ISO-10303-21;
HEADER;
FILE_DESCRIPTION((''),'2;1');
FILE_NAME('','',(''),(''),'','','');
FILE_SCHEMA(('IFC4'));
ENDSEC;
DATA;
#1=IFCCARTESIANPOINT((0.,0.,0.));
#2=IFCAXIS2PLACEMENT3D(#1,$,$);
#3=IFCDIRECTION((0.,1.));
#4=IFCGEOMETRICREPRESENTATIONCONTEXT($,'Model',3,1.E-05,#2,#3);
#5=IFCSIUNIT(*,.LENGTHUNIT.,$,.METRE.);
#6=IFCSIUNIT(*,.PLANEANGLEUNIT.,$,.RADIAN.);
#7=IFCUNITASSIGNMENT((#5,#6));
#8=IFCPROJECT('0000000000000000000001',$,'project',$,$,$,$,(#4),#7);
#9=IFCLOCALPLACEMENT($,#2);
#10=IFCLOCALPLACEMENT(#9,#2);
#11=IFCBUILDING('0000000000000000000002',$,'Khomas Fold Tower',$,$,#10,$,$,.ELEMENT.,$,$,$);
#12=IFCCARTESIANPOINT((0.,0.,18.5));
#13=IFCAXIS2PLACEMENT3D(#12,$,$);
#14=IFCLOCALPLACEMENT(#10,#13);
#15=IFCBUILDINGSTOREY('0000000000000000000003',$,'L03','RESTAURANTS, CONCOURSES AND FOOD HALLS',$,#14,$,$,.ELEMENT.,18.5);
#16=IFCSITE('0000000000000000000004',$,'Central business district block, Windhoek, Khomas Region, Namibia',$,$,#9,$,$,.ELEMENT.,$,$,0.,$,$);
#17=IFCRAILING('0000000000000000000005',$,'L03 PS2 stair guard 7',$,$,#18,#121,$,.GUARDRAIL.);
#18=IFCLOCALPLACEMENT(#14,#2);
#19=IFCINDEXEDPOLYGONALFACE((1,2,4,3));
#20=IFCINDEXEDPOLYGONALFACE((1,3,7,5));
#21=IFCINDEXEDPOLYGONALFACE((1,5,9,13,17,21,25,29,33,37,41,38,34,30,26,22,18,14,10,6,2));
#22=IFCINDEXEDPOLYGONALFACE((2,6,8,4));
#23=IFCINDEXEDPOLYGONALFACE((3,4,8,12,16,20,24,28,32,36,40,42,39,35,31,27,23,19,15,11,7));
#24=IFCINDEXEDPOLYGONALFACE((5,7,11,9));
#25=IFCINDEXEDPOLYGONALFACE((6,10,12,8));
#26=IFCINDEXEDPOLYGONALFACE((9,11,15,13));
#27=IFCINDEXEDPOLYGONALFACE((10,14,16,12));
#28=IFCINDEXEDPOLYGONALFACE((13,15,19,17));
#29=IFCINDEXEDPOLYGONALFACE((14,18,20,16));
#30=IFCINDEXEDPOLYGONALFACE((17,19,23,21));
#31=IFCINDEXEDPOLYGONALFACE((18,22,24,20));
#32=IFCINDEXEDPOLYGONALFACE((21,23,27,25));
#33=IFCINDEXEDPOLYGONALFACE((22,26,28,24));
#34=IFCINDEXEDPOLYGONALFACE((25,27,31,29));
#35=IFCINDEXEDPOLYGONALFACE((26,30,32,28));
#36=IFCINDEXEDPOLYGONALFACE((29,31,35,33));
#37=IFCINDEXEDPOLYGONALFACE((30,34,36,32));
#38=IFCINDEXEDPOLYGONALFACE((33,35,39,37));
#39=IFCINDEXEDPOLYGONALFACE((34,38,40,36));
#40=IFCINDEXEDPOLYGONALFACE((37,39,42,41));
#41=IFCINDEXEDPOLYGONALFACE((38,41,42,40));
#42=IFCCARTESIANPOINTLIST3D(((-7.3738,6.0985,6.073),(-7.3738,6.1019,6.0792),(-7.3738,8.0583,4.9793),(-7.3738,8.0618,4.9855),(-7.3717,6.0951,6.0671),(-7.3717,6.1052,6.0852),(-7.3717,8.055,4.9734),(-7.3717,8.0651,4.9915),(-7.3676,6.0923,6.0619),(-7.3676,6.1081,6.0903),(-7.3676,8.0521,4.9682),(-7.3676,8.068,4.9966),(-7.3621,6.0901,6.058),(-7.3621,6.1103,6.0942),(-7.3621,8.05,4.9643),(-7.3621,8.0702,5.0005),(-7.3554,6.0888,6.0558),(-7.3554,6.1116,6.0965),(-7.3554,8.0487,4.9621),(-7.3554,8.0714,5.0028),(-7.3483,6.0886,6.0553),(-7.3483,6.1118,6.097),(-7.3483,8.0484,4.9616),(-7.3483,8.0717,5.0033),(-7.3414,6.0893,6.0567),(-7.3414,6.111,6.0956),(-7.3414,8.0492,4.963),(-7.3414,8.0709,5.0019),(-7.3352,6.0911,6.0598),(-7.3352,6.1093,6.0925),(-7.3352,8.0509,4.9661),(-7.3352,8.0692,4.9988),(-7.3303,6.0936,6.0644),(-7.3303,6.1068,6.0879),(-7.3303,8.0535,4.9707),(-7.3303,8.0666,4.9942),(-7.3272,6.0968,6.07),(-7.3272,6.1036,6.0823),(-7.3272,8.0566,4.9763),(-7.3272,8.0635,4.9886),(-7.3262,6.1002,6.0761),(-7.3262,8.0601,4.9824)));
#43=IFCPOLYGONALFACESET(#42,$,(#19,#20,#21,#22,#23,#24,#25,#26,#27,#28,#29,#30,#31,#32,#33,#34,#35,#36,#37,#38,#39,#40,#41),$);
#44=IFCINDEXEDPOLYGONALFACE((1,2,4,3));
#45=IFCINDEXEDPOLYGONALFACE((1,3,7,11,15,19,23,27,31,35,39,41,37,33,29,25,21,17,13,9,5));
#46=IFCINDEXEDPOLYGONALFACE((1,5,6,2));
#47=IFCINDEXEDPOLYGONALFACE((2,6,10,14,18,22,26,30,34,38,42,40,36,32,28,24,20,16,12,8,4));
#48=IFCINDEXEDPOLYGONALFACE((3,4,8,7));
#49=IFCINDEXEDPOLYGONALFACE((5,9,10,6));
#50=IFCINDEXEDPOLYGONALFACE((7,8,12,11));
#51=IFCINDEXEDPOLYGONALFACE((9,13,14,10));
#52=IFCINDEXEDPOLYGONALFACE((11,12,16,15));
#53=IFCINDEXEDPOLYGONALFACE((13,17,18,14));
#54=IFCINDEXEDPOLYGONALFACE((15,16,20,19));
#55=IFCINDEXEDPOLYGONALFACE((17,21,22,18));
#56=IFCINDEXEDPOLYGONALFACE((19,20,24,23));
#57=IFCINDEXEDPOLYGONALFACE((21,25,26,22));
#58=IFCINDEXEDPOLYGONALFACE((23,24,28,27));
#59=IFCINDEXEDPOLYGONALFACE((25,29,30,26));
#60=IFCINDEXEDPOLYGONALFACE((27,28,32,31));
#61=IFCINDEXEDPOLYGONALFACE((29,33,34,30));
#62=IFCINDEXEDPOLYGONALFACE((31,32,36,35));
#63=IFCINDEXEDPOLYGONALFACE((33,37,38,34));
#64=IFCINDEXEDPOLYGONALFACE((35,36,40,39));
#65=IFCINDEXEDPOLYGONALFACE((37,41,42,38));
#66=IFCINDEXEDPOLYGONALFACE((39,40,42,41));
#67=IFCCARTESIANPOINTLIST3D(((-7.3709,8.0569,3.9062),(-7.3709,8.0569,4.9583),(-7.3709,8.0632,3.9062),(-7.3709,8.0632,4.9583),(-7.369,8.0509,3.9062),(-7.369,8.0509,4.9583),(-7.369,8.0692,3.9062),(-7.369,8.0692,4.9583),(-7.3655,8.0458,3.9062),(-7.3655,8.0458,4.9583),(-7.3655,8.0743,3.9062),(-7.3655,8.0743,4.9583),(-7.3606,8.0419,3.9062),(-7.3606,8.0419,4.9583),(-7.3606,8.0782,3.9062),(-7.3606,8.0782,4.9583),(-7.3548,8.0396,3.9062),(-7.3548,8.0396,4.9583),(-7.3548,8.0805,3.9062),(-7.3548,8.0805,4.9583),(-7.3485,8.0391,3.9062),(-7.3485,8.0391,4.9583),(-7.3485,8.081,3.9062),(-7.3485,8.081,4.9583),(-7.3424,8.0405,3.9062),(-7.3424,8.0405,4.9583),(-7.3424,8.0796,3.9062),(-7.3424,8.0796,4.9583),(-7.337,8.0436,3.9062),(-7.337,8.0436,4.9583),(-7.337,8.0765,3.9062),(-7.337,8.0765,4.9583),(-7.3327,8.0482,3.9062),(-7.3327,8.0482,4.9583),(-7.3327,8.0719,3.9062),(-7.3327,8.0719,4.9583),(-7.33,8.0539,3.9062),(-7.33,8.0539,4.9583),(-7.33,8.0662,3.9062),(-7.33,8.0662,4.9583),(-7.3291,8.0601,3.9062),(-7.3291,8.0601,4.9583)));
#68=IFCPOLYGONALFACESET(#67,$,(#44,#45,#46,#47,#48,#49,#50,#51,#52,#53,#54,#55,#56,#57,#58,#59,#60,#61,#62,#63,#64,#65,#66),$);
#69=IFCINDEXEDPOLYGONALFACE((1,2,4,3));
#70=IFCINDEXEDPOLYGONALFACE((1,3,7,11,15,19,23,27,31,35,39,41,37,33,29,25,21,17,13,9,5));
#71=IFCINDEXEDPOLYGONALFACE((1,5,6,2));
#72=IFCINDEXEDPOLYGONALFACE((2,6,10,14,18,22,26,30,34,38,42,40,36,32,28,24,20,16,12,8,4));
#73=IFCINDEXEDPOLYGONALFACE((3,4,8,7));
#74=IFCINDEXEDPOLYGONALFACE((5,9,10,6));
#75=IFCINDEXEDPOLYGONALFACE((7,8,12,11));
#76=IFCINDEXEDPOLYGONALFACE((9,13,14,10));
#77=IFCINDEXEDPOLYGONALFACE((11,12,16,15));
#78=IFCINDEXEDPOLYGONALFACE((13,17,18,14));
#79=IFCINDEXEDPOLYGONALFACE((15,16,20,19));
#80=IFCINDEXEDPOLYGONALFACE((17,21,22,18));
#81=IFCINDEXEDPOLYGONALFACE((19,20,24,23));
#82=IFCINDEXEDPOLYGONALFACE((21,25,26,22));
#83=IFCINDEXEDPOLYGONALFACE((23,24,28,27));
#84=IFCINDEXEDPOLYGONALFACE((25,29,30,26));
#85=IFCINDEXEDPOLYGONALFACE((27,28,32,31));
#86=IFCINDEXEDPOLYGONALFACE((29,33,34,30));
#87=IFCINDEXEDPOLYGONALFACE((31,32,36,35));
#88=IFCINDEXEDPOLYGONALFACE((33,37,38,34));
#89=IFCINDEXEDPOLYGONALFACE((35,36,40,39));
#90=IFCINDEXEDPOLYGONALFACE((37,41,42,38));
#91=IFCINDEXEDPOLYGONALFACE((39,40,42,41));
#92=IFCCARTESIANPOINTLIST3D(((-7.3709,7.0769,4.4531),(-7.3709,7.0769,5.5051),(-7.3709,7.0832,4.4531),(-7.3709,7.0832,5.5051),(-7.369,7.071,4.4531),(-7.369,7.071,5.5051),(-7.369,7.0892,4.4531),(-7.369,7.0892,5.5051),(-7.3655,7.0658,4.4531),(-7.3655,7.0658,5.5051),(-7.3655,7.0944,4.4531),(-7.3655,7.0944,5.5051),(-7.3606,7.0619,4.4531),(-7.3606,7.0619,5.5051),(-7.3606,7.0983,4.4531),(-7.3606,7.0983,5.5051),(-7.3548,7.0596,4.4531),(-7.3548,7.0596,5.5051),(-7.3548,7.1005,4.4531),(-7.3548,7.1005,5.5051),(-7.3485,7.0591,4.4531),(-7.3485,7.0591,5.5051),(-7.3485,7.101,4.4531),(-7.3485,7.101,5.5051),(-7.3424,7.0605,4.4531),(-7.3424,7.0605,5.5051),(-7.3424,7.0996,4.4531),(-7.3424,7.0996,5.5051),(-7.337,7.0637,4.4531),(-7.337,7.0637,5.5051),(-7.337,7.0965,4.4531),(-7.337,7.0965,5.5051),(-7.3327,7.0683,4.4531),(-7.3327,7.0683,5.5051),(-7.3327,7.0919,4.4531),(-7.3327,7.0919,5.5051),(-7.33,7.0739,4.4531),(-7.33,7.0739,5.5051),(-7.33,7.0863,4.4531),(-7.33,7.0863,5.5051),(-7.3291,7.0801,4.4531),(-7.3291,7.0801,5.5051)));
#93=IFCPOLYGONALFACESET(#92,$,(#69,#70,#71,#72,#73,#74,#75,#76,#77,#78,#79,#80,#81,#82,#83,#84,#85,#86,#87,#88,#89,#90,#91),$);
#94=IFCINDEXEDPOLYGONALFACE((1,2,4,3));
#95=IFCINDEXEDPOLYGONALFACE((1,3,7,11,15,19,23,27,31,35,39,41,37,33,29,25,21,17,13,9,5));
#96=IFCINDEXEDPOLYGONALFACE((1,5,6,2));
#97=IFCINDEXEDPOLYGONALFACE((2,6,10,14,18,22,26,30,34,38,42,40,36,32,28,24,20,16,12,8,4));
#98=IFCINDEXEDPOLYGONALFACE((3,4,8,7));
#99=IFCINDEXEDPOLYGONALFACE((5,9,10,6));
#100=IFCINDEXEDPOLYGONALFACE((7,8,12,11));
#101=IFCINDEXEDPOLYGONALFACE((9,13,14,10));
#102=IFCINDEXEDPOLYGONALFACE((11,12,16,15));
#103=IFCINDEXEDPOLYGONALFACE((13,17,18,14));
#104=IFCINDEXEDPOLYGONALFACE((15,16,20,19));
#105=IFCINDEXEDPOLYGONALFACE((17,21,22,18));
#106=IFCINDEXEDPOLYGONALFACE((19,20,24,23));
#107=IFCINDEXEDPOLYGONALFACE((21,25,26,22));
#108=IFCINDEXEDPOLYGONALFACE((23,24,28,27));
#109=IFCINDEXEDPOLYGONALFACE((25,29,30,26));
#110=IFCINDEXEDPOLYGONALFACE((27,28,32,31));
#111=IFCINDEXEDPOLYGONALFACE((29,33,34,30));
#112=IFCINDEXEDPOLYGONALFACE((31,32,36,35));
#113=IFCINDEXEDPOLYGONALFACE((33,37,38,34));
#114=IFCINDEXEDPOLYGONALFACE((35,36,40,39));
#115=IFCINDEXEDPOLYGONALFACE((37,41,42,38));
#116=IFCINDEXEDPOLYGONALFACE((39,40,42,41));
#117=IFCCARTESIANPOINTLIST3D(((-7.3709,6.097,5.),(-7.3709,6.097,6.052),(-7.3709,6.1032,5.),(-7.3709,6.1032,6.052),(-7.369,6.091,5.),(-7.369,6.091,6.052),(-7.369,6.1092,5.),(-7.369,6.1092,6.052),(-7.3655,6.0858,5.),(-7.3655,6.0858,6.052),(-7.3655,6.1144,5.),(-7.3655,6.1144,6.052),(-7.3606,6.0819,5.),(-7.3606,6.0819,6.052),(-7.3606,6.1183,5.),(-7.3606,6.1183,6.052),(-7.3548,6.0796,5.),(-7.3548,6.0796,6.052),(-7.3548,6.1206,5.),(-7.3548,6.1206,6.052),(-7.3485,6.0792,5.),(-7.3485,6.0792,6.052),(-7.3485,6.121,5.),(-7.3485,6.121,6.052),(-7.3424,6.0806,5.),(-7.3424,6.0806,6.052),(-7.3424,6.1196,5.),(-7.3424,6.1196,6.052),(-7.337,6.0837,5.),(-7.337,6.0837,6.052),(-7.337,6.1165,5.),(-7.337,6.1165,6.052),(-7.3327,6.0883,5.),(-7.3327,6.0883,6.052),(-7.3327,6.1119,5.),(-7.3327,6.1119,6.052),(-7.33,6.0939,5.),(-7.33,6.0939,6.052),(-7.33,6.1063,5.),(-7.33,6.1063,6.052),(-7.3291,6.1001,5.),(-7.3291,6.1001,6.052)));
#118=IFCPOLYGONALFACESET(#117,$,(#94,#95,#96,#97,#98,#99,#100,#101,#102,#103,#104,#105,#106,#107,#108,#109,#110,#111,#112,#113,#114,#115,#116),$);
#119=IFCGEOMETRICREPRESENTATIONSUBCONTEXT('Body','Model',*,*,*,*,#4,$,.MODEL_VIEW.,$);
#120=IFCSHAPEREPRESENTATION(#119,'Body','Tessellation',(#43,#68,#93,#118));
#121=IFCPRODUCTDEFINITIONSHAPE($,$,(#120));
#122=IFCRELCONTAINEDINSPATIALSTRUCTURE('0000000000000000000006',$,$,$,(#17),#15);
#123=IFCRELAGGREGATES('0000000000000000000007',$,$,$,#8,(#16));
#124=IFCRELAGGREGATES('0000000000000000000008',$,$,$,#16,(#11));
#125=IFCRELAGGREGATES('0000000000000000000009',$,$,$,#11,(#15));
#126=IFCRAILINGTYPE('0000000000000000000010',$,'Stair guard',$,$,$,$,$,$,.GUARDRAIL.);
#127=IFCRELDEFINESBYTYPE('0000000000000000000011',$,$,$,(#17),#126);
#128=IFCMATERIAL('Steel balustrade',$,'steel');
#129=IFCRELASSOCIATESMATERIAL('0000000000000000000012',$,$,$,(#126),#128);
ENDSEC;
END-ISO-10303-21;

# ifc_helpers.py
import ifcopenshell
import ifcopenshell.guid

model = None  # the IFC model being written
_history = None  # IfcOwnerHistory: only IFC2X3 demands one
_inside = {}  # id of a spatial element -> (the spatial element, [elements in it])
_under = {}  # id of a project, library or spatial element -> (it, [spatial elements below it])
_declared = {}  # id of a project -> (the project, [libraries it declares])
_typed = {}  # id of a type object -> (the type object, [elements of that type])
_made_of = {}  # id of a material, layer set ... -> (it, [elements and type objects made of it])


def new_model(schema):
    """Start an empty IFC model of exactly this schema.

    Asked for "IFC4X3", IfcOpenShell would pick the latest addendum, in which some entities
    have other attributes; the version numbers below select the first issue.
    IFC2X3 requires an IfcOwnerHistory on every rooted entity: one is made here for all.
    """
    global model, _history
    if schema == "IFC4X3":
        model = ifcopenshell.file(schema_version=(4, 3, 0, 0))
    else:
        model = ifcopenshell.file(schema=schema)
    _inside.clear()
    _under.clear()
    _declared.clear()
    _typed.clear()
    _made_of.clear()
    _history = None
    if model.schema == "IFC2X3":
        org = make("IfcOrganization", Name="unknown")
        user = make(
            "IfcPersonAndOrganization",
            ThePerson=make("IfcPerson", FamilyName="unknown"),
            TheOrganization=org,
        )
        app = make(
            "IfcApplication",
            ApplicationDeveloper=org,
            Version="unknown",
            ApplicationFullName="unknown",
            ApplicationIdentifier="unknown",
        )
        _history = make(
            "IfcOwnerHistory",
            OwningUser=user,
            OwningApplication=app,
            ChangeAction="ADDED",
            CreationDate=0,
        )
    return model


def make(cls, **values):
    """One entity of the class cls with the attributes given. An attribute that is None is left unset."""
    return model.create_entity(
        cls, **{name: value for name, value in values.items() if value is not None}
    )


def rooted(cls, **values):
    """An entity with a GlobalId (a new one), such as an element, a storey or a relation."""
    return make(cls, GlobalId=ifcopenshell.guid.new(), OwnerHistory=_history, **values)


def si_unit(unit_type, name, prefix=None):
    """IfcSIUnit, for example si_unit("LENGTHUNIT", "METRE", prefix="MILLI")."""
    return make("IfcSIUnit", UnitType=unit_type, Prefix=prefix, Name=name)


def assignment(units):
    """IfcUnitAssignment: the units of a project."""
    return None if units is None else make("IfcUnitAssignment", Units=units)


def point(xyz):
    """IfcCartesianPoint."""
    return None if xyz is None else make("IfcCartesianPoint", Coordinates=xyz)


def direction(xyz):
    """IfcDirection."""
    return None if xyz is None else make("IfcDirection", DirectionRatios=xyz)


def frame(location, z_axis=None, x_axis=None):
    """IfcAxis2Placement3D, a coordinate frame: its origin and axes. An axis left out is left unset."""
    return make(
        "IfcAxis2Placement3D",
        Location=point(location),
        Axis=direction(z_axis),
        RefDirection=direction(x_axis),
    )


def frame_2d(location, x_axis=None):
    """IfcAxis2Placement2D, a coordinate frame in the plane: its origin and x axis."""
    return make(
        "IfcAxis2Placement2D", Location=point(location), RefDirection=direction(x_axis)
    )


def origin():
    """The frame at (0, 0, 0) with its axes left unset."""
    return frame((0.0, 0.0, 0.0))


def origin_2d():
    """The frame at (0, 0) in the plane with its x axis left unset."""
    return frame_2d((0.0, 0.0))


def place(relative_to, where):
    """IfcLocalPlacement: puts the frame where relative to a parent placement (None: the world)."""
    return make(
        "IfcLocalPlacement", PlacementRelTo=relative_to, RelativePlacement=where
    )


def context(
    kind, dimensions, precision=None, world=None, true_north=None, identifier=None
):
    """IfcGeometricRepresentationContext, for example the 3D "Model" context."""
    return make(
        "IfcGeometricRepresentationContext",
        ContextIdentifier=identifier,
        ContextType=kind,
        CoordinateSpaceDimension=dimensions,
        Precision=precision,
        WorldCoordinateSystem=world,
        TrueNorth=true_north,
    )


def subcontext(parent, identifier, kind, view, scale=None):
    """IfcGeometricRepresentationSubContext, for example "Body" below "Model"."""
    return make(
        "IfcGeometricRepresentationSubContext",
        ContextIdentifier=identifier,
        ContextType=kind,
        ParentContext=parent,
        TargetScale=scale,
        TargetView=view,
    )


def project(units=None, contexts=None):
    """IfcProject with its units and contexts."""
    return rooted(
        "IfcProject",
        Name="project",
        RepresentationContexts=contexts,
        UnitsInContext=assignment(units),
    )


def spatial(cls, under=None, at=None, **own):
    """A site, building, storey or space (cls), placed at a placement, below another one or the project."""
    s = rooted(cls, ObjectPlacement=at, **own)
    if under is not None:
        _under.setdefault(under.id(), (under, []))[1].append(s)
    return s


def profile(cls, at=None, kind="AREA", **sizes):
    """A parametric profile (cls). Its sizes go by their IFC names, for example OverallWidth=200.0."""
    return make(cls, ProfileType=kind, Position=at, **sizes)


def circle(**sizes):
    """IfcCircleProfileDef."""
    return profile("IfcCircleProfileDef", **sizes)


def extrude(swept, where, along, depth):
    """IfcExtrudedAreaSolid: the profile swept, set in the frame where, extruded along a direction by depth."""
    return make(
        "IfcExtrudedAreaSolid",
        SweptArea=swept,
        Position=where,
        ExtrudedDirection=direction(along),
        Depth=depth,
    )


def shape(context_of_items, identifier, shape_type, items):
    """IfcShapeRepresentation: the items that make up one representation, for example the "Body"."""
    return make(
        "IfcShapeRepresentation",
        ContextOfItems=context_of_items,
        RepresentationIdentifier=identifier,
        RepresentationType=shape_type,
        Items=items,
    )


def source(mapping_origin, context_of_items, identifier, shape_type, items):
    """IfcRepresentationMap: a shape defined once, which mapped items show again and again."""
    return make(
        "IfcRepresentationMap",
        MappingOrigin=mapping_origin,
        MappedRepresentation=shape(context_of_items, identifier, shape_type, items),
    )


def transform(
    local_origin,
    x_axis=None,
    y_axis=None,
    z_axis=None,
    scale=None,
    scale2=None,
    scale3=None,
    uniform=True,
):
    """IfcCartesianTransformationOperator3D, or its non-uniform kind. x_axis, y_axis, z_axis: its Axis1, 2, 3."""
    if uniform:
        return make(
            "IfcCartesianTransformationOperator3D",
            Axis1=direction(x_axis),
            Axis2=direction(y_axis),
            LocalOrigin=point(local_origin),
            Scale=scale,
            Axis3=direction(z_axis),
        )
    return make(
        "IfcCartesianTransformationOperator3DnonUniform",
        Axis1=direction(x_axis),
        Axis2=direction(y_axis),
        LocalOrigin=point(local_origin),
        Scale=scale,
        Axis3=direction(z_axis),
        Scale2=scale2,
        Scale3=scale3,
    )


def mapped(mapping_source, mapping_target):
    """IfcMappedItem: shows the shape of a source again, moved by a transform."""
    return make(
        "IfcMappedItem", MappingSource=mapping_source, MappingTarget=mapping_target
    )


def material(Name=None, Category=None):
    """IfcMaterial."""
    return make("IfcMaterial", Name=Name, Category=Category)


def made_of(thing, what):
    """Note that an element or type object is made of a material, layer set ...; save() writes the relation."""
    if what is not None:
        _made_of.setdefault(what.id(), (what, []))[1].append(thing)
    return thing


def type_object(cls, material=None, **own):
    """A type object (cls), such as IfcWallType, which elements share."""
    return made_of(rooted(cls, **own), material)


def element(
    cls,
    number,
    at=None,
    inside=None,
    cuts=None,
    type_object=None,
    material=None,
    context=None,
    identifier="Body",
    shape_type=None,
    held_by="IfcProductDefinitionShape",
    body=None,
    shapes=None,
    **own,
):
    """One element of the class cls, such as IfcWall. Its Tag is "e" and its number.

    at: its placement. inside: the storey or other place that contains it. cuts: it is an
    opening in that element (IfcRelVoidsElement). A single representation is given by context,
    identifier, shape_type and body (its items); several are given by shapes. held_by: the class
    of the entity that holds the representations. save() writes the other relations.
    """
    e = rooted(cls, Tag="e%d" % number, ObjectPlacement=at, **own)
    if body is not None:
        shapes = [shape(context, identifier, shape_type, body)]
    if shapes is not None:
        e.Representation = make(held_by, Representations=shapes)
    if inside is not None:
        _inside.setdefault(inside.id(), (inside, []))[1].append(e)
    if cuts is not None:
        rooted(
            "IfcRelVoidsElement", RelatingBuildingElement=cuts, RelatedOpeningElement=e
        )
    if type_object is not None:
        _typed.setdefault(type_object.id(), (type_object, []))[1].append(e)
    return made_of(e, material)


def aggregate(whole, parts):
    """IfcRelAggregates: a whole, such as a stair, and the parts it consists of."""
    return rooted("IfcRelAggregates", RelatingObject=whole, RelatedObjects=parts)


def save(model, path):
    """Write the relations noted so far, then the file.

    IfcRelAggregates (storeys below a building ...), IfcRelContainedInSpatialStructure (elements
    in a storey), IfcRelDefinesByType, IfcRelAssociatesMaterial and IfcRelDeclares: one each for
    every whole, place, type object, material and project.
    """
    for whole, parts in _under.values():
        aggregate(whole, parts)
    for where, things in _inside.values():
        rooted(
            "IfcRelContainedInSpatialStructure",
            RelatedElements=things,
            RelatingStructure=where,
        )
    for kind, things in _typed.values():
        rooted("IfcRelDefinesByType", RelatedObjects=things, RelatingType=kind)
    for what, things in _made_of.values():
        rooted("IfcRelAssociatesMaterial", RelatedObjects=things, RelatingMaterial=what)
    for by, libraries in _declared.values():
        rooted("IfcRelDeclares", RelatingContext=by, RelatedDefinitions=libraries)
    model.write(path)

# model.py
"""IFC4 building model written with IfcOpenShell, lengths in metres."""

from ifc_helpers import new_model, si_unit, direction, frame, origin, origin_2d, place, context, subcontext, project, spatial, circle, extrude, source, transform, mapped, material, type_object, element, save


model = new_model("IFC4")

# Units and contexts
model_context = context("Model", 3, precision=1e-05, world=origin(), true_north=direction((0.0, 1.0)))
body_context = subcontext(model_context, "Body", "Model", "MODEL_VIEW")
ifc_project = project(units=[si_unit("LENGTHUNIT", "METRE"), si_unit("PLANEANGLEUNIT", "RADIAN")], contexts=[model_context])

# Site, building, storey
site_placement = place(None, origin())
site = spatial("IfcSite", under=ifc_project, at=site_placement, Name="Central business district block, Windhoek, Khomas Region, Namibia", CompositionType="ELEMENT", RefElevation=0.0)
building_placement = place(site_placement, origin())
building = spatial("IfcBuilding", under=site, at=building_placement, Name="Khomas Fold Tower", CompositionType="ELEMENT")
storey_placement = place(building_placement, frame((0.0, 0.0, 18.5)))
storey = spatial("IfcBuildingStorey", under=building, at=storey_placement, Name="L03", Description="RESTAURANTS, CONCOURSES AND FOOD HALLS", CompositionType="ELEMENT", Elevation=18.5)

# Railing
ifc_material_1 = material(Name="Steel balustrade", Category="steel")
railing_type_1 = type_object("IfcRailingType", Name="Stair guard", PredefinedType="GUARDRAIL", material=ifc_material_1)
shared_shape_1 = source(origin(), body_context, "Body", "SweptSolid", [
    extrude(circle(Radius=0.0239, at=origin_2d()), frame((0.0, 0.0, 1.0762), z_axis=(0.0, -0.873232, 0.487304), x_axis=(1.0, 0.0, 0.0)), (0.0, 0.0, 1.0), 2.2444),
    extrude(circle(Radius=0.021, at=origin_2d()), origin(), (0.0, 0.0, 1.0), 1.052),
    extrude(circle(Radius=0.021, at=origin_2d()), frame((0.0, -0.98, 0.5469)), (0.0, 0.0, 1.0), 1.052),
    extrude(circle(Radius=0.021, at=origin_2d()), frame((0.0, -1.96, 1.0938)), (0.0, 0.0, 1.0), 1.052),
])
for number, where, name in (
    (1, (-7.3501, 8.0601, 3.9062), "L03 PS2 stair guard 7"),
):
    element("IfcRailing", number, at=place(storey_placement, frame(where)), inside=storey, type_object=railing_type_1, Name=name, PredefinedType="GUARDRAIL", context=body_context, shape_type="MappedRepresentation", body=[
        mapped(shared_shape_1, transform((0.0, 0.0, 0.0))),
    ])

save(model, "model.ifc")
